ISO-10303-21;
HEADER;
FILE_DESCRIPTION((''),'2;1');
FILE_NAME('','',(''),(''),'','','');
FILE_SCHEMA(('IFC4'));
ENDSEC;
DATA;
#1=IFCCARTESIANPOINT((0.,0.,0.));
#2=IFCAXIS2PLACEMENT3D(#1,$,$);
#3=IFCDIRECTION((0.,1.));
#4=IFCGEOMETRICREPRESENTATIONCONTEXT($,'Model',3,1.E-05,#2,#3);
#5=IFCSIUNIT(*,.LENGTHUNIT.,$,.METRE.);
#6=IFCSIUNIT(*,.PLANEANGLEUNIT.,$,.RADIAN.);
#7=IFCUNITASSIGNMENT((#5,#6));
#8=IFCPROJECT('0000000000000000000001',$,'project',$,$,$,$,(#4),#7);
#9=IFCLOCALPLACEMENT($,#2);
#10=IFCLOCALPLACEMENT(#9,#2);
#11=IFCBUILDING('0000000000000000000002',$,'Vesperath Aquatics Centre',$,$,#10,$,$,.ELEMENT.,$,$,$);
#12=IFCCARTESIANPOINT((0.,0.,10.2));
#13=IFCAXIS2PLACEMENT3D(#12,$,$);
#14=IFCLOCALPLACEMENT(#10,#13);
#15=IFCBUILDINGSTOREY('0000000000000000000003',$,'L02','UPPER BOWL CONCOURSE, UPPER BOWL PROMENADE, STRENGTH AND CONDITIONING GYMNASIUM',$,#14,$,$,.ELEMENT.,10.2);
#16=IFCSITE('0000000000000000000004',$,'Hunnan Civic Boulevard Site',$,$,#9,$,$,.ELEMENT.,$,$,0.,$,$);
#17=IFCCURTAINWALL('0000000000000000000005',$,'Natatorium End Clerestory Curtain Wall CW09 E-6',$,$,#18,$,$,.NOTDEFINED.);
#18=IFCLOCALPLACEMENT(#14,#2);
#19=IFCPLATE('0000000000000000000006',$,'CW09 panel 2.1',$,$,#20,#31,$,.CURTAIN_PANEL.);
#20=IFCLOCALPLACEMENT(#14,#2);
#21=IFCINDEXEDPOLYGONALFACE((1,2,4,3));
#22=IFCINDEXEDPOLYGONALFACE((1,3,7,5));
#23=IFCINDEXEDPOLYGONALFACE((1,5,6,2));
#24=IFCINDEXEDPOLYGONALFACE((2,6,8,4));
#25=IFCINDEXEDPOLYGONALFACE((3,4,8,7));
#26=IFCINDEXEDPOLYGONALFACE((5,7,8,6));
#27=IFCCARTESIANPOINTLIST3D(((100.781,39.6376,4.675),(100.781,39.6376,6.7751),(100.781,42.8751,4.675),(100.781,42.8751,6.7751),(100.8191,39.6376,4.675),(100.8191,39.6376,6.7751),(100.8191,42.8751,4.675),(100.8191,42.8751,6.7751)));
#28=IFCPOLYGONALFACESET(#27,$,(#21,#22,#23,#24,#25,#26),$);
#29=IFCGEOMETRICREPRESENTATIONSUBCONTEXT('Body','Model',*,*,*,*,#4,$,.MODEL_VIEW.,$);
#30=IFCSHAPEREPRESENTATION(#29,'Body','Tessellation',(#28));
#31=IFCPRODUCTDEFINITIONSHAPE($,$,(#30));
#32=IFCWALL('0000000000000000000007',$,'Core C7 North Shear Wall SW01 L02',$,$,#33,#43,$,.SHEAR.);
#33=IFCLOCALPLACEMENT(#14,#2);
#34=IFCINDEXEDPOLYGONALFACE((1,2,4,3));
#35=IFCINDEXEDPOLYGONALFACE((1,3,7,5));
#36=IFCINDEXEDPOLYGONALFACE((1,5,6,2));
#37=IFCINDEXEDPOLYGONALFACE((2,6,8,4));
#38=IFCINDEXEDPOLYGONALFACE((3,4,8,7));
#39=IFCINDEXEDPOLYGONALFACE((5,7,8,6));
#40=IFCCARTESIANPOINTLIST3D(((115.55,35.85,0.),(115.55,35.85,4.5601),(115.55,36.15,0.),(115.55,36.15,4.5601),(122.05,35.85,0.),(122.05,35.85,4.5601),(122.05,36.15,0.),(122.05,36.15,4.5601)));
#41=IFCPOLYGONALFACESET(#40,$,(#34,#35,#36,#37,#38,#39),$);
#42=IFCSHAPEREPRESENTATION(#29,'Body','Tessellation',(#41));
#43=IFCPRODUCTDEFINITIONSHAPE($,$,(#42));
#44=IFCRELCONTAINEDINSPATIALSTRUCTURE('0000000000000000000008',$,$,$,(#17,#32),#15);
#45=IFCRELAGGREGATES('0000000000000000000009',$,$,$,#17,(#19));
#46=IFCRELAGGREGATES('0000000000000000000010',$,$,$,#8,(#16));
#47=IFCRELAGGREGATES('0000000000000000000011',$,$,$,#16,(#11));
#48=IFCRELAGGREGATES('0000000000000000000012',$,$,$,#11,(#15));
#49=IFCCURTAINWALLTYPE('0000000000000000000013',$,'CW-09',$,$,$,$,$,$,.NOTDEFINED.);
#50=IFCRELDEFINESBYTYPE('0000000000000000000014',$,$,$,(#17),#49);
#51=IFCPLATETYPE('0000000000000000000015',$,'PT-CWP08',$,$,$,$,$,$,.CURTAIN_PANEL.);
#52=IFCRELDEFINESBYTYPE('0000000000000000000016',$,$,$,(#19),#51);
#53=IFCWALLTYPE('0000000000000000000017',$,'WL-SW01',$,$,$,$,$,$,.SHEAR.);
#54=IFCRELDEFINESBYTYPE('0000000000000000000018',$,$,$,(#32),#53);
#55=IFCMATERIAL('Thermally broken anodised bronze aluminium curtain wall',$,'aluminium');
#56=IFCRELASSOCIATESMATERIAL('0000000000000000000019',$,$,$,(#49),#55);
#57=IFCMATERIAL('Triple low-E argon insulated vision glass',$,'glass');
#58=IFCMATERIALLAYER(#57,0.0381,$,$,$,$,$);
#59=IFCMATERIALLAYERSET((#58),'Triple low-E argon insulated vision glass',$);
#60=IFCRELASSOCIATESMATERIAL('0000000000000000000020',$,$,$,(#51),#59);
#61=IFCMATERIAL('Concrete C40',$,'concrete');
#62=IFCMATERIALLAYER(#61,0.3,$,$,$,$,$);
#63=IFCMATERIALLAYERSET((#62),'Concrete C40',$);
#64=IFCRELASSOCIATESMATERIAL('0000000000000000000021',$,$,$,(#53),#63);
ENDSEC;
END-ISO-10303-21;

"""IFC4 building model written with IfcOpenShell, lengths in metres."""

from ifc_helpers import new_model, si_unit, direction, frame, frame_2d, origin, origin_2d, place, context, subcontext, project, spatial, rectangle, extrude, material, layer, layer_set, type_object, element, aggregate, save


model = new_model("IFC4")

# Units and contexts
model_context = context("Model", 3, precision=1e-05, world=origin(), true_north=direction((0.0, 1.0)))
body_context = subcontext(model_context, "Body", "Model", "MODEL_VIEW")
ifc_project = project(units=[si_unit("LENGTHUNIT", "METRE"), si_unit("PLANEANGLEUNIT", "RADIAN")], contexts=[model_context])

# Site, building, storey
site_placement = place(None, origin())
site = spatial("IfcSite", under=ifc_project, at=site_placement, Name="Hunnan Civic Boulevard Site", CompositionType="ELEMENT", RefElevation=0.0)
building_placement = place(site_placement, origin())
building = spatial("IfcBuilding", under=site, at=building_placement, Name="Vesperath Aquatics Centre", CompositionType="ELEMENT")
storey_placement = place(building_placement, frame((0.0, 0.0, 10.2)))
storey = spatial("IfcBuildingStorey", under=building, at=storey_placement, Name="L02", Description="UPPER BOWL CONCOURSE, UPPER BOWL PROMENADE, STRENGTH AND CONDITIONING GYMNASIUM", CompositionType="ELEMENT", Elevation=10.2)

# Shared definitions
ifc_material_1 = material(Name="Concrete C40", Category="concrete")

# Curtain wall
ifc_material_2 = material(Name="Thermally broken anodised bronze aluminium curtain wall", Category="aluminium")
curtain_wall_type_1 = type_object("IfcCurtainWallType", Name="CW-09", PredefinedType="NOTDEFINED", material=ifc_material_2)
curtain_wall_1_placement = place(storey_placement, origin())
curtain_wall_1 = element("IfcCurtainWall", 1, at=curtain_wall_1_placement, inside=storey, type_object=curtain_wall_type_1, Name="Natatorium End Clerestory Curtain Wall CW09 E-6", PredefinedType="NOTDEFINED")

# Plate
ifc_material_3 = material(Name="Triple low-E argon insulated vision glass", Category="glass")
ifc_layer_1 = layer(ifc_material_3, 0.0381)
ifc_layer_set_1 = layer_set([ifc_layer_1], Name="Triple low-E argon insulated vision glass")
plate_type_1 = type_object("IfcPlateType", Name="PT-CWP08", PredefinedType="CURTAIN_PANEL", material=ifc_layer_set_1)
plate_1_placement = place(storey_placement, frame((100.8, 41.2563, 4.675), z_axis=(0.0, 0.0, 1.0), x_axis=(0.0, 1.0, 0.0)))
plate_1 = element("IfcPlate", 2, at=plate_1_placement, type_object=plate_type_1, Name="CW09 panel 2.1", PredefinedType="CURTAIN_PANEL", context=body_context, shape_type="SweptSolid", body=[
    extrude(rectangle(XDim=3.2375, YDim=0.0381, at=origin_2d()), origin(), (0.0, 0.0, 1.0), 2.1001),
])
aggregate(curtain_wall_1, [plate_1])

# Wall
ifc_layer_2 = layer(ifc_material_1, 0.3)
ifc_layer_set_2 = layer_set([ifc_layer_2], Name="Concrete C40")
wall_type = type_object("IfcWallType", Name="WL-SW01", PredefinedType="SHEAR", material=ifc_layer_set_2)
wall_placement = place(storey_placement, frame((115.55, 36.0, 0.0), z_axis=(0.0, 0.0, 1.0), x_axis=(1.0, 0.0, 0.0)))
element("IfcWall", 3, at=wall_placement, inside=storey, type_object=wall_type, Name="Core C7 North Shear Wall SW01 L02", PredefinedType="SHEAR", context=body_context, shape_type="SweptSolid", body=[
    extrude(rectangle(XDim=6.5, YDim=0.3, at=frame_2d((3.25, 0.0))), origin(), (0.0, 0.0, 1.0), 4.5601),
])

save(model, "model.ifc")
